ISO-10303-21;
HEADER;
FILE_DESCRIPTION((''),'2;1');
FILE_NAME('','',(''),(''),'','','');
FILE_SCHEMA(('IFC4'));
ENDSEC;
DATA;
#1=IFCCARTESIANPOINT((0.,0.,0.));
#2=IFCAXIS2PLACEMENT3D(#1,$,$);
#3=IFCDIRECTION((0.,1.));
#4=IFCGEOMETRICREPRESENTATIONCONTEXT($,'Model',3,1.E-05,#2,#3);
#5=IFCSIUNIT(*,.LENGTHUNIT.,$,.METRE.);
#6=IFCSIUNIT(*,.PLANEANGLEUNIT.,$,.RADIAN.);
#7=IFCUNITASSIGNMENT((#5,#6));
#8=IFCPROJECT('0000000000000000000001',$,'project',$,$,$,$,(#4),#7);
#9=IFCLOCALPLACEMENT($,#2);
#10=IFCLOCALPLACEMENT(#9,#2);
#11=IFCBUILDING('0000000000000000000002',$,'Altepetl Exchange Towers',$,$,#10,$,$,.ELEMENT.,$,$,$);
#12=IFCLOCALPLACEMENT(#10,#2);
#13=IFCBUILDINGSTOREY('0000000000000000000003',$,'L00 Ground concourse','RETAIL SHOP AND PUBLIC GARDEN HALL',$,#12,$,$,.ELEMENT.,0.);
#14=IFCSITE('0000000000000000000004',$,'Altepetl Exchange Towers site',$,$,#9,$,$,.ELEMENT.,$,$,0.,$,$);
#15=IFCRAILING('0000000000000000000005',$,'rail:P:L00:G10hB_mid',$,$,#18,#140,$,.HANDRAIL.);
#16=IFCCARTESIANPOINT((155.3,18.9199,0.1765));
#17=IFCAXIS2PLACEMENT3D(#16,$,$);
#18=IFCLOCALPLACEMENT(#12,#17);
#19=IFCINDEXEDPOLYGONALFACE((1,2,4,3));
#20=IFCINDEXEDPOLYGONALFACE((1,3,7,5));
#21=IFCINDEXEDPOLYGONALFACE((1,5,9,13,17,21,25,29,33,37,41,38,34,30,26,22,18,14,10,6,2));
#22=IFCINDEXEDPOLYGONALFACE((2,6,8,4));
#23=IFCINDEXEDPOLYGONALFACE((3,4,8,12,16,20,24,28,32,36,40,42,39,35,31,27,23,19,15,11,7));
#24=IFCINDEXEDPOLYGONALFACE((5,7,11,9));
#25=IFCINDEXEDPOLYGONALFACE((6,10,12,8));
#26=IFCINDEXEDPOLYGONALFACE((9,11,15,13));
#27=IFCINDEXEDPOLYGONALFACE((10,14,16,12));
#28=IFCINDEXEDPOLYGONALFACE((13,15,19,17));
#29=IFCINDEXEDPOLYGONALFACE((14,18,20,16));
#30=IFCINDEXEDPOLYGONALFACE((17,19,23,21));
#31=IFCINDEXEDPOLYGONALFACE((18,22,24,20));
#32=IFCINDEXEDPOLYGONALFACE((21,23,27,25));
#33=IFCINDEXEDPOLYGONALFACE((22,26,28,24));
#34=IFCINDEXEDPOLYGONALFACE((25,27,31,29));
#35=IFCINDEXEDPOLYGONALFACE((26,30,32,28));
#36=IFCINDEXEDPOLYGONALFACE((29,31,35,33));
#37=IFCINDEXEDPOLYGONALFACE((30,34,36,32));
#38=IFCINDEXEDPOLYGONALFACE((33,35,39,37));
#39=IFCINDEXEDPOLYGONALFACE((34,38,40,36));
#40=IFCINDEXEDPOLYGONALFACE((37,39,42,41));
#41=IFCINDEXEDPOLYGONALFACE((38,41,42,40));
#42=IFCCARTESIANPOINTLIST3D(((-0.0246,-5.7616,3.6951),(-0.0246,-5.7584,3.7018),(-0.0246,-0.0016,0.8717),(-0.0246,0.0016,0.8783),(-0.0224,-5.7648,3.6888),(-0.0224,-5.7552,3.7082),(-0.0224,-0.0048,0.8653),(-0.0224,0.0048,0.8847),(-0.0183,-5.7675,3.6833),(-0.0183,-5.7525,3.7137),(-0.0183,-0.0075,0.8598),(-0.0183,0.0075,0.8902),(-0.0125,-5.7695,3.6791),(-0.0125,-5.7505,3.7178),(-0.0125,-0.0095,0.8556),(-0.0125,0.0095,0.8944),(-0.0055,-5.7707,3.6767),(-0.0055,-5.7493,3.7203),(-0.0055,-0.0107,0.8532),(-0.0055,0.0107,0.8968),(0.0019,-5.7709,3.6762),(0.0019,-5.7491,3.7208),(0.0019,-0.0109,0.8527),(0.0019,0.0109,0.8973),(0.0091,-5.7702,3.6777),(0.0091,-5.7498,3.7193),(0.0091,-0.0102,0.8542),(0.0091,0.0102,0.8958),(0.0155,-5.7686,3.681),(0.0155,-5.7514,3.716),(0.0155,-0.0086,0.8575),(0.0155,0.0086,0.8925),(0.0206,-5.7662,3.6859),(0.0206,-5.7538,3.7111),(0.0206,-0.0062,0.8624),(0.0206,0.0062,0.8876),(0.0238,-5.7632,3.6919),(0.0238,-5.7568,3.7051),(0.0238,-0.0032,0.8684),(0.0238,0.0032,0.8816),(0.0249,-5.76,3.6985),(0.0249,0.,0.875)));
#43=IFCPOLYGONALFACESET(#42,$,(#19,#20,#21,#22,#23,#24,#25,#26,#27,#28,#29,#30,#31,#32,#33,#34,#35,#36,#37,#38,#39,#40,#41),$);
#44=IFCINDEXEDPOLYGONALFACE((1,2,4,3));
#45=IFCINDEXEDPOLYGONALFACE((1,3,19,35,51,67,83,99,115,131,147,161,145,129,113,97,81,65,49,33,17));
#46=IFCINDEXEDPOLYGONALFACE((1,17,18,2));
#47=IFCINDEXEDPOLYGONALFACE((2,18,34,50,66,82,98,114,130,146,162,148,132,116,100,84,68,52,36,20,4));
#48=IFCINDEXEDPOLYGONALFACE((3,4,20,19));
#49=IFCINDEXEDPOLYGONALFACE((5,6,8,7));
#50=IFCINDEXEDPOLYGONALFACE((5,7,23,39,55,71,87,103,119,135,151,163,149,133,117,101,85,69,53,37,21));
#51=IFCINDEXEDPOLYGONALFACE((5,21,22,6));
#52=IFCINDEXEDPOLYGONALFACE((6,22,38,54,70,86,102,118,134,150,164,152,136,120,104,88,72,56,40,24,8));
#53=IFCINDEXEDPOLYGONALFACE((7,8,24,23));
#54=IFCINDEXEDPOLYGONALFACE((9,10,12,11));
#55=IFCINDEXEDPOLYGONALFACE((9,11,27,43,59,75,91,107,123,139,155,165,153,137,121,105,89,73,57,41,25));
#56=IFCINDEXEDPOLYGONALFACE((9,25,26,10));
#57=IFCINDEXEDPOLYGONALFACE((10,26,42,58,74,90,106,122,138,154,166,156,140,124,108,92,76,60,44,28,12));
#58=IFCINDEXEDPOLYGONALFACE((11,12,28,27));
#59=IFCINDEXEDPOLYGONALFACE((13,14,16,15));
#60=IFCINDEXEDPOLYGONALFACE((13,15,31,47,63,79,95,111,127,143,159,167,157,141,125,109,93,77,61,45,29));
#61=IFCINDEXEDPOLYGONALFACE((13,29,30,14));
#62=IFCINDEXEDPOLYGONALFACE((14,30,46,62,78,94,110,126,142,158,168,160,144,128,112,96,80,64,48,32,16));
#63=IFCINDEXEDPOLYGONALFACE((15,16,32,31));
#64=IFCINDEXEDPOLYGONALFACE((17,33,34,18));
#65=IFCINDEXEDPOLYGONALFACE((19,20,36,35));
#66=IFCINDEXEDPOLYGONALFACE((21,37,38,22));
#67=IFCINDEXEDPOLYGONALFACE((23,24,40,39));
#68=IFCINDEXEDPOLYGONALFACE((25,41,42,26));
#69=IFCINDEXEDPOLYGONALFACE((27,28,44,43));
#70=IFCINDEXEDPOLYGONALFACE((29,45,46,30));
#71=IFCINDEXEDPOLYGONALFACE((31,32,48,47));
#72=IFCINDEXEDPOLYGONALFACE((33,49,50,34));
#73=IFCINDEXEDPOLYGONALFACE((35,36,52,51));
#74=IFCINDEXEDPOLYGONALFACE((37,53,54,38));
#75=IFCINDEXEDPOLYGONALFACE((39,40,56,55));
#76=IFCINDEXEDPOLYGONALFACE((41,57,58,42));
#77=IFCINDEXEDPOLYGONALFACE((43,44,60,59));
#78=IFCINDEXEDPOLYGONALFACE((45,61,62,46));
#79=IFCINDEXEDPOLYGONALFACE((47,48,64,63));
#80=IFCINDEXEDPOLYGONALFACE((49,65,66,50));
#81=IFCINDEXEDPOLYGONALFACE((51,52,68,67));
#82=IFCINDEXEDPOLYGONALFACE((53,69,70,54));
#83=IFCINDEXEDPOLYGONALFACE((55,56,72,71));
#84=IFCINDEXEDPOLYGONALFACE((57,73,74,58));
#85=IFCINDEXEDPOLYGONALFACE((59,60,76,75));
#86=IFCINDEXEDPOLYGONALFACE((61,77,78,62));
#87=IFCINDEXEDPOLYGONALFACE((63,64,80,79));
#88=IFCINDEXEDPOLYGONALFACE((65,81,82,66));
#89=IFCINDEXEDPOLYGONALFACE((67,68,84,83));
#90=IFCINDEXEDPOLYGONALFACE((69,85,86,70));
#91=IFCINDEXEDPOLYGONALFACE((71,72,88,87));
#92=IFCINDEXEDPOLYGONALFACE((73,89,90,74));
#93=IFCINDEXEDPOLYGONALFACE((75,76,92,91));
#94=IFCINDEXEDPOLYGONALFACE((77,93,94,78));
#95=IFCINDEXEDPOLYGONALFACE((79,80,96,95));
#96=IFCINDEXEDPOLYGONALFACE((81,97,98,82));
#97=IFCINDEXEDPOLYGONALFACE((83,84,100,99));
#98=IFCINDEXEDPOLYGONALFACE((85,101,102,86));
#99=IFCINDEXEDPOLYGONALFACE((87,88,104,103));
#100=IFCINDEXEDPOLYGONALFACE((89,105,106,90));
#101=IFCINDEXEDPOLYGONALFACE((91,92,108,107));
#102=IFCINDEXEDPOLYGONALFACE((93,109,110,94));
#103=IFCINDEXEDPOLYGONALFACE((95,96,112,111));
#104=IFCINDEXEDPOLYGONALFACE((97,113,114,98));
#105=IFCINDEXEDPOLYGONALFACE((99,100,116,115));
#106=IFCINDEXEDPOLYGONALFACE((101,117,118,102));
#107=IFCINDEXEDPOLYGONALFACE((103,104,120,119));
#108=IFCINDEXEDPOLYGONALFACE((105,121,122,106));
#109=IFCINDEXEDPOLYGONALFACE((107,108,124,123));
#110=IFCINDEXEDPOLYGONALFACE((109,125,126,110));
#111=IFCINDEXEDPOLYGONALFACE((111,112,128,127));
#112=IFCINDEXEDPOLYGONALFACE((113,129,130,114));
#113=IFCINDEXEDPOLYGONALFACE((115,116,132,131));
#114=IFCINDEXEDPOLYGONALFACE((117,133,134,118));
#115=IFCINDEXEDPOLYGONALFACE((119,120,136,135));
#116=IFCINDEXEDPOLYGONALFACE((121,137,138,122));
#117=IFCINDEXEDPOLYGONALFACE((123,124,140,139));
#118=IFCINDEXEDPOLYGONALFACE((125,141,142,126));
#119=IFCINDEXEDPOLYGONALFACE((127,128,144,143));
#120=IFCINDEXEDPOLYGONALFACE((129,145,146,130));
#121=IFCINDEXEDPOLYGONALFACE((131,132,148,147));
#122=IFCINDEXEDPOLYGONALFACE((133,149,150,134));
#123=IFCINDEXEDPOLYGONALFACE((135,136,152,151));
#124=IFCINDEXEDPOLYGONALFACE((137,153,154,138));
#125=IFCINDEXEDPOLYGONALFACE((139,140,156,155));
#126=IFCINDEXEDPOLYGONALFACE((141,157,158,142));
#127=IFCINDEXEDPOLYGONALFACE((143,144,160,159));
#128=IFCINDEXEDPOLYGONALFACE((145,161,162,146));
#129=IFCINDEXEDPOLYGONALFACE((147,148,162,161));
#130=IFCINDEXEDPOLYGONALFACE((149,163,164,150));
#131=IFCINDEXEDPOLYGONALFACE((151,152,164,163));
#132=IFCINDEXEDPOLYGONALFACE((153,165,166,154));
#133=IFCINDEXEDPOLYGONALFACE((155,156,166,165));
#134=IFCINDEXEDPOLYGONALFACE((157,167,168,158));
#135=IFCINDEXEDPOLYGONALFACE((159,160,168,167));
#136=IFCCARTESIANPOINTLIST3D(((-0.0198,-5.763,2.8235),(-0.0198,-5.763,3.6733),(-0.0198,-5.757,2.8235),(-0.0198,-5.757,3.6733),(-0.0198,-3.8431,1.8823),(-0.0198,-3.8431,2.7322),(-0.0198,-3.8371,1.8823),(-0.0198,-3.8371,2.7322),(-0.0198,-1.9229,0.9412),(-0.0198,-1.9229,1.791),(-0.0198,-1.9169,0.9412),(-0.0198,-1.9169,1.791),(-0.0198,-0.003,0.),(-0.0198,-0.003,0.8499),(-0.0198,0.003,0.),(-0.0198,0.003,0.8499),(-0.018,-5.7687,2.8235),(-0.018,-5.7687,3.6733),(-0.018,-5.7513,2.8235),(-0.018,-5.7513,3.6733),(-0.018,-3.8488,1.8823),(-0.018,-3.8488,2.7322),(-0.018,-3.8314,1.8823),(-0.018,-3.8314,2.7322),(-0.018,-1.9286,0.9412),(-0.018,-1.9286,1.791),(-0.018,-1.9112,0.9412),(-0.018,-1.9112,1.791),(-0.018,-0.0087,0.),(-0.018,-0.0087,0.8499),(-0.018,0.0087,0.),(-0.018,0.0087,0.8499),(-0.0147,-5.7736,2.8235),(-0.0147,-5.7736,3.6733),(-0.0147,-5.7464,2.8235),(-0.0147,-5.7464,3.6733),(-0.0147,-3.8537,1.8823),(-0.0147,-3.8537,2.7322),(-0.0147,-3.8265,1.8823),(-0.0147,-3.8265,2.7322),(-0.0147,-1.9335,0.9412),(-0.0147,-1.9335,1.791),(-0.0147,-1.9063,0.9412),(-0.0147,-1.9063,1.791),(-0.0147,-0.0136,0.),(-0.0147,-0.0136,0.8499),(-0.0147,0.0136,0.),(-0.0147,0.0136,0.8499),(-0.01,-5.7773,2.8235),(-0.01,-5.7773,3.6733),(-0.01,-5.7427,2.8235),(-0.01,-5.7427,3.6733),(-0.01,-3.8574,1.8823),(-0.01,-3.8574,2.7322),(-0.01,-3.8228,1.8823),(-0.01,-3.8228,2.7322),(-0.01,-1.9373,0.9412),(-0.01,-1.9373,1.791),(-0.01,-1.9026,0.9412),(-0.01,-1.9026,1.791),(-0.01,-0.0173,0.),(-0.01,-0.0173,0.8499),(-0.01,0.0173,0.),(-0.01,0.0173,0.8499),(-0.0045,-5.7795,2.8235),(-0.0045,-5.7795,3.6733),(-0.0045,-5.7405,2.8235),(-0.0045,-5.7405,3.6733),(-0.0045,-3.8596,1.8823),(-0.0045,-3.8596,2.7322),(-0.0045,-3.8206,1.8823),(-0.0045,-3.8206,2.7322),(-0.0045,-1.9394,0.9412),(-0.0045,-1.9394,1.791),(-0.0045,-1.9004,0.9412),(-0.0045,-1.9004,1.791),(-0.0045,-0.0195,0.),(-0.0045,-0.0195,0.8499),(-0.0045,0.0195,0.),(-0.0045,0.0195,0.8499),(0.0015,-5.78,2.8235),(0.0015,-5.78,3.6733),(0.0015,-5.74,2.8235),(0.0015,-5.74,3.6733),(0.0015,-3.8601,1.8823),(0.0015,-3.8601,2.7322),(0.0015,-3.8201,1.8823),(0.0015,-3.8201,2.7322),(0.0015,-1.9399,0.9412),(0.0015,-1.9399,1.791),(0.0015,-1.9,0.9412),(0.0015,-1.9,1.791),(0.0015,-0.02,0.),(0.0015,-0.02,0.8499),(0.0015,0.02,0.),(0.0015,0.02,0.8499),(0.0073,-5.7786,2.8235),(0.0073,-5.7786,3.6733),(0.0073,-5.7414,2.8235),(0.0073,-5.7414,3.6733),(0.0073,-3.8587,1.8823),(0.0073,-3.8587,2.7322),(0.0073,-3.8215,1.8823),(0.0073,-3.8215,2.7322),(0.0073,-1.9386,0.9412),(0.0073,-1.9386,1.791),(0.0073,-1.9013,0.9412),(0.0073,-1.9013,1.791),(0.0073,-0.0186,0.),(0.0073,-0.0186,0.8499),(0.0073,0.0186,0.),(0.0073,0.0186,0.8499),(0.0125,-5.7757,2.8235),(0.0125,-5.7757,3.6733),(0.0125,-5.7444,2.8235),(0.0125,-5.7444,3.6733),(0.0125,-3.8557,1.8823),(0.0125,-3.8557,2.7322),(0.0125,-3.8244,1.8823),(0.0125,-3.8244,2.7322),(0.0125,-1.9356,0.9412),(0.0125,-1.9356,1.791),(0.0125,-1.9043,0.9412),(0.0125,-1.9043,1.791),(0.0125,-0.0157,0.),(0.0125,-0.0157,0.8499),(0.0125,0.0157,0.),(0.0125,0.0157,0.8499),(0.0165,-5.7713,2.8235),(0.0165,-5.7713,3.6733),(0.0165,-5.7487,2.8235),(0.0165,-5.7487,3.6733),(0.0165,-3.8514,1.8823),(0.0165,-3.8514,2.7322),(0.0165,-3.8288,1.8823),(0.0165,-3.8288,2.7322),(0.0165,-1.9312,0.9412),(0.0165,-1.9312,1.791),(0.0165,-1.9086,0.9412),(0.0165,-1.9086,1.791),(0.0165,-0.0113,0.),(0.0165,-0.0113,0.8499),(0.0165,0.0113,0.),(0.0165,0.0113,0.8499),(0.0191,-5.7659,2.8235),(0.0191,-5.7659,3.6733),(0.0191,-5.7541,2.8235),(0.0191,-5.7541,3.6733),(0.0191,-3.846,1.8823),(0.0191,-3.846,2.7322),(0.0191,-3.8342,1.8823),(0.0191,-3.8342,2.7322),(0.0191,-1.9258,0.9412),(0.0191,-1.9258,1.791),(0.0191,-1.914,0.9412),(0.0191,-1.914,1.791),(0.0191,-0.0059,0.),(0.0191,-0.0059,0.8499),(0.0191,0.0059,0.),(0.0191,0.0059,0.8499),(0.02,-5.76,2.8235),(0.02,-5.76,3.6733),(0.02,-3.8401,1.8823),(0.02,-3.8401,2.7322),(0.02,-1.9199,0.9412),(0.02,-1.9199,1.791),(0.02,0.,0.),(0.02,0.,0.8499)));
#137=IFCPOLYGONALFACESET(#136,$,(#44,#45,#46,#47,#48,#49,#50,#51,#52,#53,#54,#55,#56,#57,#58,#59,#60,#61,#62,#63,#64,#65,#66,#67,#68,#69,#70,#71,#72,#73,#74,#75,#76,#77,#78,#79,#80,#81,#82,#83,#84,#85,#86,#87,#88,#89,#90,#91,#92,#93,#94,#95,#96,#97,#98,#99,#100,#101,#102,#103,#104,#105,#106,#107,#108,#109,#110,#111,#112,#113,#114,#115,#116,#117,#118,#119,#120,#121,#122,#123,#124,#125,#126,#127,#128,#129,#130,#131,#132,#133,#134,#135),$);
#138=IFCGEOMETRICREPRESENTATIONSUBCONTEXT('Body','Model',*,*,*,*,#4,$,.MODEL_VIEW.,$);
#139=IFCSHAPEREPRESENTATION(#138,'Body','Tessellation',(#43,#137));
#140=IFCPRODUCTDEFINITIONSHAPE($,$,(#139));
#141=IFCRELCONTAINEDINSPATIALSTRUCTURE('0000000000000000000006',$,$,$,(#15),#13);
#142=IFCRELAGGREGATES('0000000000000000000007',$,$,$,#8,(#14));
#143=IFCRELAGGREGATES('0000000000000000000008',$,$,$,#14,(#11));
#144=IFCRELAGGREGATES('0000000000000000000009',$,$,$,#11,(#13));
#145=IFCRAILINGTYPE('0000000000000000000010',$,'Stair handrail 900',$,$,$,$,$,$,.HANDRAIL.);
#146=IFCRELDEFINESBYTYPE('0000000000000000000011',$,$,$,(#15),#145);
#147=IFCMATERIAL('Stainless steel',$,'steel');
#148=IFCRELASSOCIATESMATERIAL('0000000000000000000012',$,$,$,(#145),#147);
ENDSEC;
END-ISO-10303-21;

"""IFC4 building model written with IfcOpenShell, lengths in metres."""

from ifc_helpers import new_model, si_unit, direction, frame, origin, origin_2d, place, context, subcontext, project, spatial, circle, extrude, source, transform, mapped, material, type_object, element, save


model = new_model("IFC4")

# Units and contexts
model_context = context("Model", 3, precision=1e-05, world=origin(), true_north=direction((0.0, 1.0)))
body_context = subcontext(model_context, "Body", "Model", "MODEL_VIEW")
ifc_project = project(units=[si_unit("LENGTHUNIT", "METRE"), si_unit("PLANEANGLEUNIT", "RADIAN")], contexts=[model_context])

# Site, building, storey
site_placement = place(None, origin())
site = spatial("IfcSite", under=ifc_project, at=site_placement, Name="Altepetl Exchange Towers site", CompositionType="ELEMENT", RefElevation=0.0)
building_placement = place(site_placement, origin())
building = spatial("IfcBuilding", under=site, at=building_placement, Name="Altepetl Exchange Towers", CompositionType="ELEMENT")
storey_placement = place(building_placement, origin())
storey = spatial("IfcBuildingStorey", under=building, at=storey_placement, Name="L00 Ground concourse", Description="RETAIL SHOP AND PUBLIC GARDEN HALL", CompositionType="ELEMENT", Elevation=0.0)

# Railing
ifc_material_1 = material(Name="Stainless steel", Category="steel")
railing_type_1 = type_object("IfcRailingType", Name="Stair handrail 900", PredefinedType="HANDRAIL", material=ifc_material_1)
shared_shape_1 = source(origin(), body_context, "Body", "SweptSolid", [
    extrude(circle(Radius=0.02, at=origin_2d()), origin(), (0.0, 0.0, 1.0), 0.8499),
])
for number, where, name in (
    (1, (155.3, 18.9199, 0.1765), "rail:P:L00:G10hB_mid"),
):
    element("IfcRailing", number, at=place(storey_placement, frame(where)), inside=storey, type_object=railing_type_1, Name=name, PredefinedType="HANDRAIL", context=body_context, shape_type="SweptSolid", body=[
        extrude(circle(Radius=0.0249, at=origin_2d()), frame((0.0, 0.0, 0.875), z_axis=(0.0, -0.897924, 0.440151), x_axis=(1.0, 0.0, 0.0)), (0.0, 0.0, 1.0), 6.4148),
        mapped(shared_shape_1, transform((0.0, 0.0, 0.0))),
        mapped(shared_shape_1, transform((0.0, -1.9199, 0.9412))),
        mapped(shared_shape_1, transform((0.0, -3.8401, 1.8823))),
        mapped(shared_shape_1, transform((0.0, -5.76, 2.8235))),
    ])

save(model, "model.ifc")
